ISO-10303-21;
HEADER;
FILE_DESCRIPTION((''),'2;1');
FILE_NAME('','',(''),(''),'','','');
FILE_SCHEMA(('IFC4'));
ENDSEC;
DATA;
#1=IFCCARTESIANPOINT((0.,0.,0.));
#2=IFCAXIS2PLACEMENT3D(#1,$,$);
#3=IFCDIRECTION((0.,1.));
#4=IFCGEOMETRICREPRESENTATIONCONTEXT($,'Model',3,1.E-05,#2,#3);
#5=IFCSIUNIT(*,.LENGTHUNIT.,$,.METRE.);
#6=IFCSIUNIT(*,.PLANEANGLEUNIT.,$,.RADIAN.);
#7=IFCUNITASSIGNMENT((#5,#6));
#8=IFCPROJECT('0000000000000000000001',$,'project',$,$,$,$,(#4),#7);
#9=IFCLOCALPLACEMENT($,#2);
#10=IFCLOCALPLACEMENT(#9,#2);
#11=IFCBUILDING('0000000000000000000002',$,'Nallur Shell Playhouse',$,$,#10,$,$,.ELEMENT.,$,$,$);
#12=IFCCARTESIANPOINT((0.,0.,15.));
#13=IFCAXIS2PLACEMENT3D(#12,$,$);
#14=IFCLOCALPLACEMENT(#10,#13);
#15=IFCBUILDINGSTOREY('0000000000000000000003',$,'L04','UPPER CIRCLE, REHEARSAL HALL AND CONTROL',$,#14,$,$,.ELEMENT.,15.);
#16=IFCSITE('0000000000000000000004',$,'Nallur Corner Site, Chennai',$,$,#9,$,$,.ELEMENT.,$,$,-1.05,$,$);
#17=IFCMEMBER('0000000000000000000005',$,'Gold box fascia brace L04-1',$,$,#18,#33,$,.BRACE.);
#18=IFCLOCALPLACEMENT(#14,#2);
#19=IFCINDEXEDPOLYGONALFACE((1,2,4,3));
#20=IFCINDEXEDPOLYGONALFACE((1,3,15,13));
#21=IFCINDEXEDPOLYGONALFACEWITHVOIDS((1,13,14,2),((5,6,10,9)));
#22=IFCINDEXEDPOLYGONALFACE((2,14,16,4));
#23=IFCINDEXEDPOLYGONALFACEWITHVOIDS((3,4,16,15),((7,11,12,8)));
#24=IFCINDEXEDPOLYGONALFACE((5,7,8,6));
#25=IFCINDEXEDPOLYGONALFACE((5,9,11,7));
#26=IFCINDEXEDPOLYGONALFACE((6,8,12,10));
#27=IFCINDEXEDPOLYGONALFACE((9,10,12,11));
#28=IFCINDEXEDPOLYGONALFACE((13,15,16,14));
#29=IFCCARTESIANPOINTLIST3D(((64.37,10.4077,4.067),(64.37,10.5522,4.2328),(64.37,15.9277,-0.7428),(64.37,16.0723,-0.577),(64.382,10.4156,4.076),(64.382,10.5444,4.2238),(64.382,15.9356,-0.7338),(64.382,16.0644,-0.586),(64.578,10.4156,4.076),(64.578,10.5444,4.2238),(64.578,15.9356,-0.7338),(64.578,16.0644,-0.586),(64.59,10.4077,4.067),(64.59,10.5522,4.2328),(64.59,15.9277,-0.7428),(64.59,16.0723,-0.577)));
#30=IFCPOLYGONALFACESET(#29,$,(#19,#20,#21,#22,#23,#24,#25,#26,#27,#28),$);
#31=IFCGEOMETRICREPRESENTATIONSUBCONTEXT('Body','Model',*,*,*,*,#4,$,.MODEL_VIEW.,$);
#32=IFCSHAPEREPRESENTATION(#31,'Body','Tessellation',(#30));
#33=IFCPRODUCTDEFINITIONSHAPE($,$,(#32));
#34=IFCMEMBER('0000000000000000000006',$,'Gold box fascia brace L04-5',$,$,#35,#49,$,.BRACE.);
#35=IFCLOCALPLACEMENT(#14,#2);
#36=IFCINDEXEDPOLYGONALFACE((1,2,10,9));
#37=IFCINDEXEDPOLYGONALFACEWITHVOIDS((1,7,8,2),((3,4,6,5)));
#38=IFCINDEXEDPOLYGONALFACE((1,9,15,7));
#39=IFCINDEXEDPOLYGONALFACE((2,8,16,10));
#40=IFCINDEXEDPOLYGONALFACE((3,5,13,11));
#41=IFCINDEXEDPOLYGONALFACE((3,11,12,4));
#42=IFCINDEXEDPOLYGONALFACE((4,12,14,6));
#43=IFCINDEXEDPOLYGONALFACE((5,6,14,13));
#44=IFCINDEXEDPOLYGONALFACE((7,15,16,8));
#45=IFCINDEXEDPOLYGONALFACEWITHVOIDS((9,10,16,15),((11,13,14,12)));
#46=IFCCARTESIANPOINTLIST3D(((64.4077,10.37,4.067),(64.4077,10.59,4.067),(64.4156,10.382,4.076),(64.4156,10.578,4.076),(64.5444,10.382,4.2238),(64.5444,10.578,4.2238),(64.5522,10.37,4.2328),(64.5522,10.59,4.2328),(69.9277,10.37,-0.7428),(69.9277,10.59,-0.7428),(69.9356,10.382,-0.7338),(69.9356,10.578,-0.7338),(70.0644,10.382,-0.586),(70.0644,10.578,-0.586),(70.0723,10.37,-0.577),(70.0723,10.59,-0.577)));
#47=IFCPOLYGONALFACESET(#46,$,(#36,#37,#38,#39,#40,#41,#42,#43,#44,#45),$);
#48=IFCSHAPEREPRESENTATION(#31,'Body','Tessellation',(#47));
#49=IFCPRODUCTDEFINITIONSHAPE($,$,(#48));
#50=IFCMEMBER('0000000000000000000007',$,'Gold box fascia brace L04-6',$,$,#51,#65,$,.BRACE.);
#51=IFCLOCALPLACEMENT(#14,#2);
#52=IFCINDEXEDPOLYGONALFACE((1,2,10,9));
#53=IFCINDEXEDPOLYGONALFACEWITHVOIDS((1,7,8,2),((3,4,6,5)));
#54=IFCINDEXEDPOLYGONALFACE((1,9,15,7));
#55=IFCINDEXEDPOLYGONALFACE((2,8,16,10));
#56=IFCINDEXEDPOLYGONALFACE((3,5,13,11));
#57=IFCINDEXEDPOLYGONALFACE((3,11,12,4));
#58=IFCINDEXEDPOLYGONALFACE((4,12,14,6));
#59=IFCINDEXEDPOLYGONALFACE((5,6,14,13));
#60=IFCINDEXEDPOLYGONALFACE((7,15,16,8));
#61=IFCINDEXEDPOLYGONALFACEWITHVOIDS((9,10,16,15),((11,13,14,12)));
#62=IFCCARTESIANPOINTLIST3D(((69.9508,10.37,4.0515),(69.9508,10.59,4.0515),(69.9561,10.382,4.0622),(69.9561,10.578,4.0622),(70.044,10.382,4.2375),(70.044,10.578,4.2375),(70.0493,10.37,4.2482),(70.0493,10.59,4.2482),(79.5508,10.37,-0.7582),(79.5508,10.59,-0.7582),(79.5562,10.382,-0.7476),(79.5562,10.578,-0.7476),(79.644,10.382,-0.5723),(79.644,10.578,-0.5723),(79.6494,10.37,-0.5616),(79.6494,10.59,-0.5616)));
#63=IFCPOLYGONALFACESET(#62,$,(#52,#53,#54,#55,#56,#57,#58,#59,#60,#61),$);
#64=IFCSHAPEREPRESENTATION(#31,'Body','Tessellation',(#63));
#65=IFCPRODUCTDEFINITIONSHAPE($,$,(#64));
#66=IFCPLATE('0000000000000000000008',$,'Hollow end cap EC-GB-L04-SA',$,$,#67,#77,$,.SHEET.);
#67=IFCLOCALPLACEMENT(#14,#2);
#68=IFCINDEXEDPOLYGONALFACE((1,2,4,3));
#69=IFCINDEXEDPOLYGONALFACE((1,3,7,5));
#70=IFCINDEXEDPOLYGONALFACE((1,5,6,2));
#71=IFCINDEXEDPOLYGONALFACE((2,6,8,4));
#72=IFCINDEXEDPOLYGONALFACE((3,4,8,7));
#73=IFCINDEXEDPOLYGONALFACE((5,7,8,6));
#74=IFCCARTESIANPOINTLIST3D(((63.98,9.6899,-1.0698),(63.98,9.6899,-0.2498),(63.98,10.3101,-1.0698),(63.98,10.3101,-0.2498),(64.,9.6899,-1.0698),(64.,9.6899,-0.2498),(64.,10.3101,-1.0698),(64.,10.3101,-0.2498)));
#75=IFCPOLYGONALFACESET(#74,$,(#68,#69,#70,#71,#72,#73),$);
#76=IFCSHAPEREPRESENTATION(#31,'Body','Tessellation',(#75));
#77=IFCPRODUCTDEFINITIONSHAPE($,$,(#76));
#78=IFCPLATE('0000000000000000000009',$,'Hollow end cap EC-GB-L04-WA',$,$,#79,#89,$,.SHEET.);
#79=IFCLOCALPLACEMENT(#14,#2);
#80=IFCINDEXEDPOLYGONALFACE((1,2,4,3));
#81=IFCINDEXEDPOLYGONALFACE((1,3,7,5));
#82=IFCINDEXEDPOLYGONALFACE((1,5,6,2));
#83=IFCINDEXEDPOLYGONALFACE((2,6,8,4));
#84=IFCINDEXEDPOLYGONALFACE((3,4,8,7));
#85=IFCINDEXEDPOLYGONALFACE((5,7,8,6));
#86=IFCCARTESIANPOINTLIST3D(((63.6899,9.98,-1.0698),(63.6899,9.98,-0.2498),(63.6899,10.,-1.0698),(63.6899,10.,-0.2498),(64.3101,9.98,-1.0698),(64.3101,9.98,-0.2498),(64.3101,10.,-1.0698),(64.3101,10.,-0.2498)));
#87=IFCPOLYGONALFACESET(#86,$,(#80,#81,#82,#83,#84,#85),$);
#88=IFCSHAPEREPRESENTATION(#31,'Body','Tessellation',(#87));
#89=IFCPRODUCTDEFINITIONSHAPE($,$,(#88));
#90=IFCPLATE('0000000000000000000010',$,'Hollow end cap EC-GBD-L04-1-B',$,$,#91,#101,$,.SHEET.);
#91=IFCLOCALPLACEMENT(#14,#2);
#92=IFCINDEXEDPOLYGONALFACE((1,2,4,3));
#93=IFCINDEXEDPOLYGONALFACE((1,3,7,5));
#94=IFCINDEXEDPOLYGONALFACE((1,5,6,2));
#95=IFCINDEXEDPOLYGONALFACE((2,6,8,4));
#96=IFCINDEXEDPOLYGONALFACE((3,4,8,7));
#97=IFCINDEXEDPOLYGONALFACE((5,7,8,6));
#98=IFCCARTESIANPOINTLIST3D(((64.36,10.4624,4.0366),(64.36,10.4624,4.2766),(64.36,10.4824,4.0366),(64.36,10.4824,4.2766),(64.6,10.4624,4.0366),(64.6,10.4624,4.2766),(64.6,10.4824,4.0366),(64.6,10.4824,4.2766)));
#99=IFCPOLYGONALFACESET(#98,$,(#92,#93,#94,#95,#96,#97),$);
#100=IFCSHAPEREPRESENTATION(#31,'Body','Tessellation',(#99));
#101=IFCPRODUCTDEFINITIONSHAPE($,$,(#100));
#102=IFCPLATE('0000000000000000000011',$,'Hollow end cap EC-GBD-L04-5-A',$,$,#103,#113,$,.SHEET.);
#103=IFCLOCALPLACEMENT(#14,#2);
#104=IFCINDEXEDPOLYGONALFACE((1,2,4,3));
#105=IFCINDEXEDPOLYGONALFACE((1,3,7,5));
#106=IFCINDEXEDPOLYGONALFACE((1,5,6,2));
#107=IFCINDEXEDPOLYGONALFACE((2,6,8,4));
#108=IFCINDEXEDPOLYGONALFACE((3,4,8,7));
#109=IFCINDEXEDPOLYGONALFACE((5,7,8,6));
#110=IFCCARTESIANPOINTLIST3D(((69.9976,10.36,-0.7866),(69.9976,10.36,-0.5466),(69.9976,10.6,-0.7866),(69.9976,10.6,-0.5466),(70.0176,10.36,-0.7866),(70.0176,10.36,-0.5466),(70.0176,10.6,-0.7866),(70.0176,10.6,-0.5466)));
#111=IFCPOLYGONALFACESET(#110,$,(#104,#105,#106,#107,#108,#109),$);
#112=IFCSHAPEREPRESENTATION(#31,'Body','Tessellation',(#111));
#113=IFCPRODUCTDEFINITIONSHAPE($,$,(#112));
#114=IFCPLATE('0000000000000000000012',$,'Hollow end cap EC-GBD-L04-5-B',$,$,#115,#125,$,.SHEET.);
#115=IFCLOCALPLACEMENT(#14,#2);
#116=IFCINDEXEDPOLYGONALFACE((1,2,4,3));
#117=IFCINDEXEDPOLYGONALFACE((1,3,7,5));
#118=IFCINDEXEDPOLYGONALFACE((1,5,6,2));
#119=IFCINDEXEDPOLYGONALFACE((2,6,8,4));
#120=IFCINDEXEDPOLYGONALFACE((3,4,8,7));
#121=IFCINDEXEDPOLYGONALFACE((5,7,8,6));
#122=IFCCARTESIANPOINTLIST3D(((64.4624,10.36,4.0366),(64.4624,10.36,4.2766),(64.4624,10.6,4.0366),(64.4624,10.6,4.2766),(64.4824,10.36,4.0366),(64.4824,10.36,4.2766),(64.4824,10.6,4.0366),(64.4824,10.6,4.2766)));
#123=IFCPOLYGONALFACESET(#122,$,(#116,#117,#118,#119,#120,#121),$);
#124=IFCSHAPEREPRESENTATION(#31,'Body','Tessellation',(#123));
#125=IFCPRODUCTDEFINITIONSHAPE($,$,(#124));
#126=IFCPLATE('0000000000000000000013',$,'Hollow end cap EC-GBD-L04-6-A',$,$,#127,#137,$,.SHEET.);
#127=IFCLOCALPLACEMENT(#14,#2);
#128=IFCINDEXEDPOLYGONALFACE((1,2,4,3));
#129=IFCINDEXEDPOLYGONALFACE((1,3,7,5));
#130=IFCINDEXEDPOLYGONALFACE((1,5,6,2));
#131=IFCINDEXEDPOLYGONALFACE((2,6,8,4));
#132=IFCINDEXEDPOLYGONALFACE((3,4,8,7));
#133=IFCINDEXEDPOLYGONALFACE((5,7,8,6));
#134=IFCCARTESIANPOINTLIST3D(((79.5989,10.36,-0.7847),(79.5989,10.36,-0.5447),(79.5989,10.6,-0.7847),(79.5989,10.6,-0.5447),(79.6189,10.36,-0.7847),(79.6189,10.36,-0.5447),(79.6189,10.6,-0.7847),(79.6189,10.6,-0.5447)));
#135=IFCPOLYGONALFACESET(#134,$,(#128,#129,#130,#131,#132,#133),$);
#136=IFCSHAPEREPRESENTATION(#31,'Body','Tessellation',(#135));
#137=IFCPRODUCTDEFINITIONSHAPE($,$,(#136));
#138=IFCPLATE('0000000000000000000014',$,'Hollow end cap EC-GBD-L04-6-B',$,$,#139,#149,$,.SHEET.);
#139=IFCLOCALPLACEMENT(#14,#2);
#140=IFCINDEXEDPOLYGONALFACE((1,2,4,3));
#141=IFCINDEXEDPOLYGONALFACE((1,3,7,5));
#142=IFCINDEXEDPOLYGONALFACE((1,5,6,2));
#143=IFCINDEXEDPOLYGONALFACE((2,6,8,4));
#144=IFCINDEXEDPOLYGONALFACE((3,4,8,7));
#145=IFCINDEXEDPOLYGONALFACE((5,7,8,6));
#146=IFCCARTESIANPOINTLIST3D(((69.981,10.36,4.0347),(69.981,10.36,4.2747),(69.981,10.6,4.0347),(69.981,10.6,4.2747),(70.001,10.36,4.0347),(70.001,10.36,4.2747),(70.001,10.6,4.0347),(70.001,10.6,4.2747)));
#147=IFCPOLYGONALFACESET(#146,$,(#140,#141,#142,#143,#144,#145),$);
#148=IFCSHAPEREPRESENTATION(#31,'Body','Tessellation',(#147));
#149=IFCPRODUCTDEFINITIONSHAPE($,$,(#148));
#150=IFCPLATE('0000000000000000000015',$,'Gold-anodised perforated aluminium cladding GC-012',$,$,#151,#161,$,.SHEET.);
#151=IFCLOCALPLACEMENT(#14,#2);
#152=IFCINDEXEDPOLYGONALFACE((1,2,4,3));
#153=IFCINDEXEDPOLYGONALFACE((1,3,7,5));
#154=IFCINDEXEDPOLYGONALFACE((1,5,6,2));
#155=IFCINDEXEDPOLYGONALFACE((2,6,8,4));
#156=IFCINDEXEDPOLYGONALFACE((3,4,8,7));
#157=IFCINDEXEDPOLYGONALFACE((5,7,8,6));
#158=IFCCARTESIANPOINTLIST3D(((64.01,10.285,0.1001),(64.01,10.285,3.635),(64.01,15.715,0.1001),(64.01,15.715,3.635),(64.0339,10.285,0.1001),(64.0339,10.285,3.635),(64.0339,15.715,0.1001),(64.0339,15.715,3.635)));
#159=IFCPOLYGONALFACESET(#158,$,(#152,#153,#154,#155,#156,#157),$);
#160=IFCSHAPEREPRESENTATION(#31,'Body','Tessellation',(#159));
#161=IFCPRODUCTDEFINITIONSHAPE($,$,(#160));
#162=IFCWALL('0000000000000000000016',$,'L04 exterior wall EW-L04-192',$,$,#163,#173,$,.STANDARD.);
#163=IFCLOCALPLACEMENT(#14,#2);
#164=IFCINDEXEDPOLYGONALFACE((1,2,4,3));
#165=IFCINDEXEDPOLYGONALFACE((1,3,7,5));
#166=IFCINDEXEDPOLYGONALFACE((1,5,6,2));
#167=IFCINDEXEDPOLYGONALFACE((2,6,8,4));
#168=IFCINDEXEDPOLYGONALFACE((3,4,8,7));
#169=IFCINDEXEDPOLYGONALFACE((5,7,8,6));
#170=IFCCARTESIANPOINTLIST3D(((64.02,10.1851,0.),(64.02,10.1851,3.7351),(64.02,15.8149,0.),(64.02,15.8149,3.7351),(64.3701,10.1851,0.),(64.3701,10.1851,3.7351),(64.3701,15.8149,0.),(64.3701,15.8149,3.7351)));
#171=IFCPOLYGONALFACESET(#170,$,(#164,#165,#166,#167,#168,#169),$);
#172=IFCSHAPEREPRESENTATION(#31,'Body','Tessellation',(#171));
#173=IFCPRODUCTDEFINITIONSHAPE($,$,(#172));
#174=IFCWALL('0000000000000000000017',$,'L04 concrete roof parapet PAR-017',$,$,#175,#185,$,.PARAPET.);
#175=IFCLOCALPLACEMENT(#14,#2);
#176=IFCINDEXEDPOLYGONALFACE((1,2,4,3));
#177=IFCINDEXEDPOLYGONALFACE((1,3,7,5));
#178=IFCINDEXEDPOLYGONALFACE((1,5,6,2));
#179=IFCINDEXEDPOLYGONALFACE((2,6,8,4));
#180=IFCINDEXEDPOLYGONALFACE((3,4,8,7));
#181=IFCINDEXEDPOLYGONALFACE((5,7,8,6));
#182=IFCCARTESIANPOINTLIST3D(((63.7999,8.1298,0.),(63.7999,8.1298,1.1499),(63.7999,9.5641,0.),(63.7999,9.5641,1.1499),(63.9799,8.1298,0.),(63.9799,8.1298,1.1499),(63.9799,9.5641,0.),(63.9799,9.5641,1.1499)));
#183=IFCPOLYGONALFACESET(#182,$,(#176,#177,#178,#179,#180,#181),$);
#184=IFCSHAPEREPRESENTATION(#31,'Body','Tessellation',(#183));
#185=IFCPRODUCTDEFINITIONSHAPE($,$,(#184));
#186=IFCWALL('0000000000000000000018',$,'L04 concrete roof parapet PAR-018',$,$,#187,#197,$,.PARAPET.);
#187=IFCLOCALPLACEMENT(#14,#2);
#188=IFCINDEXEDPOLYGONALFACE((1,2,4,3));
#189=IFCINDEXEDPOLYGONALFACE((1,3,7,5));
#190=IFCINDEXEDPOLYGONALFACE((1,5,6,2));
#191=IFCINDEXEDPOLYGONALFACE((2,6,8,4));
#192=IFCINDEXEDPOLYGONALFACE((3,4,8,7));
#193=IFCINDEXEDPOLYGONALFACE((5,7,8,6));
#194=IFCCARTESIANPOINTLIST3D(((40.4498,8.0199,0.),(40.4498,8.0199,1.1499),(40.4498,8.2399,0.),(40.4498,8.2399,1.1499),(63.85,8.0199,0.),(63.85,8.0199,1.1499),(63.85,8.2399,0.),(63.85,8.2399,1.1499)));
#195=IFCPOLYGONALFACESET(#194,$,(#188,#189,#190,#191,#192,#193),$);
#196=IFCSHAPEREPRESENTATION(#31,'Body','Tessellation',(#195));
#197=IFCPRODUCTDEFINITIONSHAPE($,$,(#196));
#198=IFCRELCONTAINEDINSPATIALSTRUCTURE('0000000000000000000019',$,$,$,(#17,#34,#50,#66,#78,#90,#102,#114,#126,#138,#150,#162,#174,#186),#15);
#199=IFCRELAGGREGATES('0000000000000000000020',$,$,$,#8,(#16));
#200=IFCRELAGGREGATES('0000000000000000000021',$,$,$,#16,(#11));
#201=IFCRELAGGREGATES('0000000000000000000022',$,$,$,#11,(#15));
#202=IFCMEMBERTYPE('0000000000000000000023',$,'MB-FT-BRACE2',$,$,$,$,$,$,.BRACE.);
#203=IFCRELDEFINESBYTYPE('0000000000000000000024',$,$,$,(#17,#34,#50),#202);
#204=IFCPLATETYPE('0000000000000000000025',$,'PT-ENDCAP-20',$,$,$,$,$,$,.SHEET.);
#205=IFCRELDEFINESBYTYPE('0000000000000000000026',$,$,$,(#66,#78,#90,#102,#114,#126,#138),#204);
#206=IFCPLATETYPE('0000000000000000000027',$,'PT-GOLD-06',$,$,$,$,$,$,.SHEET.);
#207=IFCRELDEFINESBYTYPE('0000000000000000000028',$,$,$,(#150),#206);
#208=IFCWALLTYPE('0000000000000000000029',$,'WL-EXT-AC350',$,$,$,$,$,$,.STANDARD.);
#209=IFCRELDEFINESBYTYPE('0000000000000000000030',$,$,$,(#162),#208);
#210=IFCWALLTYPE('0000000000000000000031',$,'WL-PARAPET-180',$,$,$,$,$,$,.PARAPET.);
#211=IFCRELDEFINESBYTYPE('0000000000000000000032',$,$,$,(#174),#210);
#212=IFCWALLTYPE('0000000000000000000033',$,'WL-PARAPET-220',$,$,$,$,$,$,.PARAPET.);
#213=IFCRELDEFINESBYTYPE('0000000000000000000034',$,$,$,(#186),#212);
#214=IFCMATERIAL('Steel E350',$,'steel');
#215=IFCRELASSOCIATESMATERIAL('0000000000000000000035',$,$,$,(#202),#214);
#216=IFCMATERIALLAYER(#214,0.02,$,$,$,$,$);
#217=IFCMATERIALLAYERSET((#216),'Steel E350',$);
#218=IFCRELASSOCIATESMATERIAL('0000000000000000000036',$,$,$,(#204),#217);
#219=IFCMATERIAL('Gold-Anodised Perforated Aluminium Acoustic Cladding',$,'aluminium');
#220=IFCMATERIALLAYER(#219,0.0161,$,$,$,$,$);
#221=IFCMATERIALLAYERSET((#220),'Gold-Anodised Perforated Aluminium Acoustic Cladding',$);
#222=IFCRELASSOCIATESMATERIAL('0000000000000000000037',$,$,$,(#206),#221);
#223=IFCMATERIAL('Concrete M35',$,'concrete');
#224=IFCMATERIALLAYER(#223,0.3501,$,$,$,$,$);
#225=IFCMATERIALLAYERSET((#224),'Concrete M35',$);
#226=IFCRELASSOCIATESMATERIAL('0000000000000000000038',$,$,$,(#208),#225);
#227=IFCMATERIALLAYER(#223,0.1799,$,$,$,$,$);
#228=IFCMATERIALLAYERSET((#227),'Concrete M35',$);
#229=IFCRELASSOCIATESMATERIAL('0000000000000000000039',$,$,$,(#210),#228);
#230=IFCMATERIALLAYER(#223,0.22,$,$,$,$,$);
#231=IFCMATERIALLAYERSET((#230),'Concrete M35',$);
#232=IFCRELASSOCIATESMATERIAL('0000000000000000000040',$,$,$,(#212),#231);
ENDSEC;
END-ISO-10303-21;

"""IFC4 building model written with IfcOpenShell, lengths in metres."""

from ifc_helpers import new_model, si_unit, direction, frame, frame_2d, origin, origin_2d, place, context, subcontext, project, spatial, rectangle, hollow_rectangle, extrude, material, layer, layer_set, material_profile, profile_set, type_object, element, save


model = new_model("IFC4")

# Units and contexts
model_context = context("Model", 3, precision=1e-05, world=origin(), true_north=direction((0.0, 1.0)))
body_context = subcontext(model_context, "Body", "Model", "MODEL_VIEW")
ifc_project = project(units=[si_unit("LENGTHUNIT", "METRE"), si_unit("PLANEANGLEUNIT", "RADIAN")], contexts=[model_context])

# Site, building, storey
site_placement = place(None, origin())
site = spatial("IfcSite", under=ifc_project, at=site_placement, Name="Nallur Corner Site, Chennai", CompositionType="ELEMENT", RefElevation=-1.05)
building_placement = place(site_placement, origin())
building = spatial("IfcBuilding", under=site, at=building_placement, Name="Nallur Shell Playhouse", CompositionType="ELEMENT")
storey_placement = place(building_placement, frame((0.0, 0.0, 15.0)))
storey = spatial("IfcBuildingStorey", under=building, at=storey_placement, Name="L04", Description="UPPER CIRCLE, REHEARSAL HALL AND CONTROL", CompositionType="ELEMENT", Elevation=15.0)

# Shared definitions
ifc_material_1 = material(Name="Concrete M35", Category="concrete")
ifc_material_2 = material(Name="Steel E350", Category="steel")

# Members
ifc_material_profile_1 = material_profile(ifc_material_2, hollow_rectangle(XDim=0.22, YDim=0.22, WallThickness=0.012, at=origin_2d()), Name="SHS 220x220x12")
ifc_profile_set_1 = profile_set([ifc_material_profile_1], Name="Steel E350")
member_type_1 = type_object("IfcMemberType", Name="MB-FT-BRACE2", PredefinedType="BRACE", material=ifc_profile_set_1)
for number, where, z_axis, x_axis, name in (
    (1, (64.48, 16.0, -0.6599), (0.0, -0.753943, 0.65694), (1.0, 0.0, 0.0), "Gold box fascia brace L04-1"),
    (2, (70.0, 10.48, -0.6599), (-0.753943, 0.0, 0.65694), (0.0, -1.0, 0.0), "Gold box fascia brace L04-5"),
):
    element("IfcMember", number, at=place(storey_placement, frame(where, z_axis=z_axis, x_axis=x_axis)), inside=storey, type_object=member_type_1, Name=name, PredefinedType="BRACE", context=body_context, shape_type="SweptSolid", body=[
        extrude(hollow_rectangle(XDim=0.22, YDim=0.22, WallThickness=0.012, at=origin_2d()), origin(), (0.0, 0.0, 1.0), 7.3215),
    ])
member_1_placement = place(storey_placement, frame((79.6001, 10.48, -0.6599), z_axis=(-0.894063, 0.0, 0.447941), x_axis=(0.0, -1.0, 0.0)))
element("IfcMember", 3, at=member_1_placement, inside=storey, type_object=member_type_1, Name="Gold box fascia brace L04-6", PredefinedType="BRACE", context=body_context, shape_type="SweptSolid", body=[
    extrude(hollow_rectangle(XDim=0.22, YDim=0.22, WallThickness=0.012, at=origin_2d()), origin(), (0.0, 0.0, 1.0), 10.7375),
])

# Plates
ifc_layer_1 = layer(ifc_material_2, 0.02)
ifc_layer_set_1 = layer_set([ifc_layer_1], Name="Steel E350")
plate_type_1 = type_object("IfcPlateType", Name="PT-ENDCAP-20", PredefinedType="SHEET", material=ifc_layer_set_1)
plate_1_placement = place(storey_placement, frame((63.99, 10.0, -1.0698), z_axis=(0.0, 0.0, 1.0), x_axis=(1.0, 0.0, 0.0)))
element("IfcPlate", 4, at=plate_1_placement, inside=storey, type_object=plate_type_1, Name="Hollow end cap EC-GB-L04-SA", PredefinedType="SHEET", context=body_context, shape_type="SweptSolid", body=[
    extrude(rectangle(XDim=0.02, YDim=0.6201, at=origin_2d()), origin(), (0.0, 0.0, 1.0), 0.8201),
])
plate_2_placement = place(storey_placement, frame((64.0, 9.99, -1.0698), z_axis=(0.0, 0.0, 1.0), x_axis=(1.0, 0.0, 0.0)))
element("IfcPlate", 5, at=plate_2_placement, inside=storey, type_object=plate_type_1, Name="Hollow end cap EC-GB-L04-WA", PredefinedType="SHEET", context=body_context, shape_type="SweptSolid", body=[
    extrude(rectangle(XDim=0.6201, YDim=0.02, at=origin_2d()), origin(), (0.0, 0.0, 1.0), 0.8201),
])
plate_3_placement = place(storey_placement, frame((64.48, 10.4724, 4.0366), z_axis=(0.0, 0.0, 1.0), x_axis=(1.0, 0.0, 0.0)))
element("IfcPlate", 6, at=plate_3_placement, inside=storey, type_object=plate_type_1, Name="Hollow end cap EC-GBD-L04-1-B", PredefinedType="SHEET", context=body_context, shape_type="SweptSolid", body=[
    extrude(rectangle(XDim=0.24, YDim=0.02, at=origin_2d()), origin(), (0.0, 0.0, 1.0), 0.24),
])
for number, where, z_axis, x_axis, name in (
    (7, (70.0076, 10.48, -0.7866), (0.0, 0.0, 1.0), (1.0, 0.0, 0.0), "Hollow end cap EC-GBD-L04-5-A"),
    (8, (64.4724, 10.48, 4.0366), (0.0, 0.0, 1.0), (1.0, 0.0, 0.0), "Hollow end cap EC-GBD-L04-5-B"),
    (9, (79.6089, 10.48, -0.7847), (0.0, 0.0, 1.0), (1.0, 0.0, 0.0), "Hollow end cap EC-GBD-L04-6-A"),
    (10, (69.991, 10.48, 4.0347), (0.0, 0.0, 1.0), (1.0, 0.0, 0.0), "Hollow end cap EC-GBD-L04-6-B"),
):
    element("IfcPlate", number, at=place(storey_placement, frame(where, z_axis=z_axis, x_axis=x_axis)), inside=storey, type_object=plate_type_1, Name=name, PredefinedType="SHEET", context=body_context, shape_type="SweptSolid", body=[
        extrude(rectangle(XDim=0.02, YDim=0.24, at=origin_2d()), origin(), (0.0, 0.0, 1.0), 0.24),
    ])
ifc_material_3 = material(Name="Gold-Anodised Perforated Aluminium Acoustic Cladding", Category="aluminium")
ifc_layer_2 = layer(ifc_material_3, 0.0161)
ifc_layer_set_2 = layer_set([ifc_layer_2], Name="Gold-Anodised Perforated Aluminium Acoustic Cladding")
plate_type_2 = type_object("IfcPlateType", Name="PT-GOLD-06", PredefinedType="SHEET", material=ifc_layer_set_2)
plate_4_placement = place(storey_placement, frame((64.022, 13.0, 0.1001), z_axis=(0.0, 0.0, 1.0), x_axis=(0.0, 1.0, 0.0)))
element("IfcPlate", 11, at=plate_4_placement, inside=storey, type_object=plate_type_2, Name="Gold-anodised perforated aluminium cladding GC-012", PredefinedType="SHEET", context=body_context, shape_type="SweptSolid", body=[
    extrude(rectangle(XDim=5.4299, YDim=0.0239, at=origin_2d()), origin(), (0.0, 0.0, 1.0), 3.5349),
])

# Walls
ifc_layer_3 = layer(ifc_material_1, 0.3501)
ifc_layer_set_3 = layer_set([ifc_layer_3], Name="Concrete M35")
wall_type_1 = type_object("IfcWallType", Name="WL-EXT-AC350", PredefinedType="STANDARD", material=ifc_layer_set_3)
wall_1_placement = place(storey_placement, frame((64.1951, 10.1851, 0.0), z_axis=(0.0, 0.0, 1.0), x_axis=(0.0, 1.0, 0.0)))
element("IfcWall", 12, at=wall_1_placement, inside=storey, type_object=wall_type_1, Name="L04 exterior wall EW-L04-192", PredefinedType="STANDARD", context=body_context, shape_type="SweptSolid", body=[
    extrude(rectangle(XDim=5.6299, YDim=0.3501, at=frame_2d((2.8149, 0.0))), origin(), (0.0, 0.0, 1.0), 3.7351),
])
ifc_layer_4 = layer(ifc_material_1, 0.1799)
ifc_layer_set_4 = layer_set([ifc_layer_4], Name="Concrete M35")
wall_type_2 = type_object("IfcWallType", Name="WL-PARAPET-180", PredefinedType="PARAPET", material=ifc_layer_set_4)
wall_2_placement = place(storey_placement, frame((63.8899, 9.5642, 0.0), z_axis=(0.0, 0.0, 1.0), x_axis=(0.0, -1.0, 0.0)))
element("IfcWall", 13, at=wall_2_placement, inside=storey, type_object=wall_type_2, Name="L04 concrete roof parapet PAR-017", PredefinedType="PARAPET", context=body_context, shape_type="SweptSolid", body=[
    extrude(rectangle(XDim=1.4343, YDim=0.1799, at=frame_2d((0.7173, 0.0))), origin(), (0.0, 0.0, 1.0), 1.1499),
])
ifc_layer_5 = layer(ifc_material_1, 0.22)
ifc_layer_set_5 = layer_set([ifc_layer_5], Name="Concrete M35")
wall_type_3 = type_object("IfcWallType", Name="WL-PARAPET-220", PredefinedType="PARAPET", material=ifc_layer_set_5)
wall_3_placement = place(storey_placement, frame((63.8501, 8.1299, 0.0), z_axis=(0.0, 0.0, 1.0), x_axis=(-1.0, 0.0, 0.0)))
element("IfcWall", 14, at=wall_3_placement, inside=storey, type_object=wall_type_3, Name="L04 concrete roof parapet PAR-018", PredefinedType="PARAPET", context=body_context, shape_type="SweptSolid", body=[
    extrude(rectangle(XDim=23.4001, YDim=0.22, at=frame_2d((11.7002, 0.0))), origin(), (0.0, 0.0, 1.0), 1.1499),
])

save(model, "model.ifc")
